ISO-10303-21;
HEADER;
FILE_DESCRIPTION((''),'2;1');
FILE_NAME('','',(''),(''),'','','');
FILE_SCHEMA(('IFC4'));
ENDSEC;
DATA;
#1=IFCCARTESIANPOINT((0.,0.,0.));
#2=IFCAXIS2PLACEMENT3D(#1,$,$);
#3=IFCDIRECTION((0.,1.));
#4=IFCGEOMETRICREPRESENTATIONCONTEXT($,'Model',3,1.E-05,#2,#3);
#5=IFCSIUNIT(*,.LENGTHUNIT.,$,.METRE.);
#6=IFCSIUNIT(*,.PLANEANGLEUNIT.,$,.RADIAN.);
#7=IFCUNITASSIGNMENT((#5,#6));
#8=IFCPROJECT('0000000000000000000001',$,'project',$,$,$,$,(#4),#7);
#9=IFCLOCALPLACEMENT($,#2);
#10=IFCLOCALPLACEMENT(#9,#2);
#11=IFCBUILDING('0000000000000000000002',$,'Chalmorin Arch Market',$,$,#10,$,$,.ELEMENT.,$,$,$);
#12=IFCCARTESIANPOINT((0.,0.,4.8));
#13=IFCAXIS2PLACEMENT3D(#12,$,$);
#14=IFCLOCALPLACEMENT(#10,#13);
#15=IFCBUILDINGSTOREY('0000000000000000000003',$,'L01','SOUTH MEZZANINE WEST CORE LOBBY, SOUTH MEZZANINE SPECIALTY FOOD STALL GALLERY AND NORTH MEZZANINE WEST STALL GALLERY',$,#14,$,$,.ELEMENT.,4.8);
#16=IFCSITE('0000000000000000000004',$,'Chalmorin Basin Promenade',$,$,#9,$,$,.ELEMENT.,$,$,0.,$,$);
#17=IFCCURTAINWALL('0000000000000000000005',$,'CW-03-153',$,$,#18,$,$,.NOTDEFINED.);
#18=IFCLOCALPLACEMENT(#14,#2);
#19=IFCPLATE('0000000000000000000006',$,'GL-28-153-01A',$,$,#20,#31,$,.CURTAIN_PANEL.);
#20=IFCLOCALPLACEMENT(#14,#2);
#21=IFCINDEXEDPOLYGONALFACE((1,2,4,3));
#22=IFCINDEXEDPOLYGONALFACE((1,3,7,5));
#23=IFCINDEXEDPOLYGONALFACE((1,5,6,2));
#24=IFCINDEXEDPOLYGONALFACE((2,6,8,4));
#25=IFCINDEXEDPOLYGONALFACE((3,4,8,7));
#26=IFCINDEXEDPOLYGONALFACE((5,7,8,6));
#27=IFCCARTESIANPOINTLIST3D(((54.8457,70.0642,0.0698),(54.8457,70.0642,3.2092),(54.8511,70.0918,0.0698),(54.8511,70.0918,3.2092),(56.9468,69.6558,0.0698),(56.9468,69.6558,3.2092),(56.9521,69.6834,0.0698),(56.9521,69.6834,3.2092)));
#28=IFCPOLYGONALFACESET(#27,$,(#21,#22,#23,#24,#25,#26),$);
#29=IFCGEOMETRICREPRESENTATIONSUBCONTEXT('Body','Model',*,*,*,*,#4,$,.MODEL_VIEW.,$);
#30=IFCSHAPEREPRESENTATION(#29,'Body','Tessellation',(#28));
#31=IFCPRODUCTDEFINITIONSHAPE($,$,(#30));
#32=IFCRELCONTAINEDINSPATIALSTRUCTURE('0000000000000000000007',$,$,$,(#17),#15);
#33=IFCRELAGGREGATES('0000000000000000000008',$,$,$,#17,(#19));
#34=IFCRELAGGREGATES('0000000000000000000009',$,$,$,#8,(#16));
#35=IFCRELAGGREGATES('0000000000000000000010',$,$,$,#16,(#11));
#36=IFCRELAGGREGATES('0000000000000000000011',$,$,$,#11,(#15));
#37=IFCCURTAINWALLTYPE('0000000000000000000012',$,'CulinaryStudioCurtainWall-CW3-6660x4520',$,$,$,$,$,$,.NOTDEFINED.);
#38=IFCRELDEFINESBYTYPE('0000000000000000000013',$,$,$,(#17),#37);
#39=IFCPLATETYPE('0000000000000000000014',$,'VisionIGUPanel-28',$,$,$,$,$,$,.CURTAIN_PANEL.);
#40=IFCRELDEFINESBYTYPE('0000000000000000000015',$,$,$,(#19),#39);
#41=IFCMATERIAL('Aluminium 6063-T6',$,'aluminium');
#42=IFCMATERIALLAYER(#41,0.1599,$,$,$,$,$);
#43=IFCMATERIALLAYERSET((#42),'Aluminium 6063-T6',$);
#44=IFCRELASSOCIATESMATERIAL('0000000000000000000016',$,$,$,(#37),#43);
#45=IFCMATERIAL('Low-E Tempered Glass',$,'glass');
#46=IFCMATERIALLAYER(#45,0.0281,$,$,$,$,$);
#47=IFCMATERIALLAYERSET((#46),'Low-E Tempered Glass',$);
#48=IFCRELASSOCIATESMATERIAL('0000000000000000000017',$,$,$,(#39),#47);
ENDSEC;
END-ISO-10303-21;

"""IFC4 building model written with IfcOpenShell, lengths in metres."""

from ifc_helpers import new_model, si_unit, direction, frame, origin, origin_2d, place, context, subcontext, project, spatial, rectangle, extrude, material, layer, layer_set, type_object, element, aggregate, save


model = new_model("IFC4")

# Units and contexts
model_context = context("Model", 3, precision=1e-05, world=origin(), true_north=direction((0.0, 1.0)))
body_context = subcontext(model_context, "Body", "Model", "MODEL_VIEW")
ifc_project = project(units=[si_unit("LENGTHUNIT", "METRE"), si_unit("PLANEANGLEUNIT", "RADIAN")], contexts=[model_context])

# Site, building, storey
site_placement = place(None, origin())
site = spatial("IfcSite", under=ifc_project, at=site_placement, Name="Chalmorin Basin Promenade", CompositionType="ELEMENT", RefElevation=0.0)
building_placement = place(site_placement, origin())
building = spatial("IfcBuilding", under=site, at=building_placement, Name="Chalmorin Arch Market", CompositionType="ELEMENT")
storey_placement = place(building_placement, frame((0.0, 0.0, 4.8)))
storey = spatial("IfcBuildingStorey", under=building, at=storey_placement, Name="L01", Description="SOUTH MEZZANINE WEST CORE LOBBY, SOUTH MEZZANINE SPECIALTY FOOD STALL GALLERY AND NORTH MEZZANINE WEST STALL GALLERY", CompositionType="ELEMENT", Elevation=4.8)

# Shared definitions
ifc_material_1 = material(Name="Aluminium 6063-T6", Category="aluminium")

# Curtain wall
ifc_layer_1 = layer(ifc_material_1, 0.1599)
ifc_layer_set_1 = layer_set([ifc_layer_1], Name="Aluminium 6063-T6")
curtain_wall_type_1 = type_object("IfcCurtainWallType", Name="CulinaryStudioCurtainWall-CW3-6660x4520", PredefinedType="NOTDEFINED", material=ifc_layer_set_1)
curtain_wall_1_placement = place(storey_placement, origin())
curtain_wall_1 = element("IfcCurtainWall", 1, at=curtain_wall_1_placement, inside=storey, type_object=curtain_wall_type_1, Name="CW-03-153", PredefinedType="NOTDEFINED")

# Plate
ifc_material_2 = material(Name="Low-E Tempered Glass", Category="glass")
ifc_layer_2 = layer(ifc_material_2, 0.0281)
ifc_layer_set_2 = layer_set([ifc_layer_2], Name="Low-E Tempered Glass")
plate_type_1 = type_object("IfcPlateType", Name="VisionIGUPanel-28", PredefinedType="CURTAIN_PANEL", material=ifc_layer_set_2)
plate_1_placement = place(storey_placement, frame((55.8989, 69.8738, 0.0698), z_axis=(0.0, 0.0, 1.0), x_axis=(0.981627, -0.190809, 0.0)))
plate_1 = element("IfcPlate", 2, at=plate_1_placement, type_object=plate_type_1, Name="GL-28-153-01A", PredefinedType="CURTAIN_PANEL", context=body_context, shape_type="SweptSolid", body=[
    extrude(rectangle(XDim=2.1404, YDim=0.0281, at=origin_2d()), origin(), (0.0, 0.0, 1.0), 3.1394),
])
aggregate(curtain_wall_1, [plate_1])

save(model, "model.ifc")
